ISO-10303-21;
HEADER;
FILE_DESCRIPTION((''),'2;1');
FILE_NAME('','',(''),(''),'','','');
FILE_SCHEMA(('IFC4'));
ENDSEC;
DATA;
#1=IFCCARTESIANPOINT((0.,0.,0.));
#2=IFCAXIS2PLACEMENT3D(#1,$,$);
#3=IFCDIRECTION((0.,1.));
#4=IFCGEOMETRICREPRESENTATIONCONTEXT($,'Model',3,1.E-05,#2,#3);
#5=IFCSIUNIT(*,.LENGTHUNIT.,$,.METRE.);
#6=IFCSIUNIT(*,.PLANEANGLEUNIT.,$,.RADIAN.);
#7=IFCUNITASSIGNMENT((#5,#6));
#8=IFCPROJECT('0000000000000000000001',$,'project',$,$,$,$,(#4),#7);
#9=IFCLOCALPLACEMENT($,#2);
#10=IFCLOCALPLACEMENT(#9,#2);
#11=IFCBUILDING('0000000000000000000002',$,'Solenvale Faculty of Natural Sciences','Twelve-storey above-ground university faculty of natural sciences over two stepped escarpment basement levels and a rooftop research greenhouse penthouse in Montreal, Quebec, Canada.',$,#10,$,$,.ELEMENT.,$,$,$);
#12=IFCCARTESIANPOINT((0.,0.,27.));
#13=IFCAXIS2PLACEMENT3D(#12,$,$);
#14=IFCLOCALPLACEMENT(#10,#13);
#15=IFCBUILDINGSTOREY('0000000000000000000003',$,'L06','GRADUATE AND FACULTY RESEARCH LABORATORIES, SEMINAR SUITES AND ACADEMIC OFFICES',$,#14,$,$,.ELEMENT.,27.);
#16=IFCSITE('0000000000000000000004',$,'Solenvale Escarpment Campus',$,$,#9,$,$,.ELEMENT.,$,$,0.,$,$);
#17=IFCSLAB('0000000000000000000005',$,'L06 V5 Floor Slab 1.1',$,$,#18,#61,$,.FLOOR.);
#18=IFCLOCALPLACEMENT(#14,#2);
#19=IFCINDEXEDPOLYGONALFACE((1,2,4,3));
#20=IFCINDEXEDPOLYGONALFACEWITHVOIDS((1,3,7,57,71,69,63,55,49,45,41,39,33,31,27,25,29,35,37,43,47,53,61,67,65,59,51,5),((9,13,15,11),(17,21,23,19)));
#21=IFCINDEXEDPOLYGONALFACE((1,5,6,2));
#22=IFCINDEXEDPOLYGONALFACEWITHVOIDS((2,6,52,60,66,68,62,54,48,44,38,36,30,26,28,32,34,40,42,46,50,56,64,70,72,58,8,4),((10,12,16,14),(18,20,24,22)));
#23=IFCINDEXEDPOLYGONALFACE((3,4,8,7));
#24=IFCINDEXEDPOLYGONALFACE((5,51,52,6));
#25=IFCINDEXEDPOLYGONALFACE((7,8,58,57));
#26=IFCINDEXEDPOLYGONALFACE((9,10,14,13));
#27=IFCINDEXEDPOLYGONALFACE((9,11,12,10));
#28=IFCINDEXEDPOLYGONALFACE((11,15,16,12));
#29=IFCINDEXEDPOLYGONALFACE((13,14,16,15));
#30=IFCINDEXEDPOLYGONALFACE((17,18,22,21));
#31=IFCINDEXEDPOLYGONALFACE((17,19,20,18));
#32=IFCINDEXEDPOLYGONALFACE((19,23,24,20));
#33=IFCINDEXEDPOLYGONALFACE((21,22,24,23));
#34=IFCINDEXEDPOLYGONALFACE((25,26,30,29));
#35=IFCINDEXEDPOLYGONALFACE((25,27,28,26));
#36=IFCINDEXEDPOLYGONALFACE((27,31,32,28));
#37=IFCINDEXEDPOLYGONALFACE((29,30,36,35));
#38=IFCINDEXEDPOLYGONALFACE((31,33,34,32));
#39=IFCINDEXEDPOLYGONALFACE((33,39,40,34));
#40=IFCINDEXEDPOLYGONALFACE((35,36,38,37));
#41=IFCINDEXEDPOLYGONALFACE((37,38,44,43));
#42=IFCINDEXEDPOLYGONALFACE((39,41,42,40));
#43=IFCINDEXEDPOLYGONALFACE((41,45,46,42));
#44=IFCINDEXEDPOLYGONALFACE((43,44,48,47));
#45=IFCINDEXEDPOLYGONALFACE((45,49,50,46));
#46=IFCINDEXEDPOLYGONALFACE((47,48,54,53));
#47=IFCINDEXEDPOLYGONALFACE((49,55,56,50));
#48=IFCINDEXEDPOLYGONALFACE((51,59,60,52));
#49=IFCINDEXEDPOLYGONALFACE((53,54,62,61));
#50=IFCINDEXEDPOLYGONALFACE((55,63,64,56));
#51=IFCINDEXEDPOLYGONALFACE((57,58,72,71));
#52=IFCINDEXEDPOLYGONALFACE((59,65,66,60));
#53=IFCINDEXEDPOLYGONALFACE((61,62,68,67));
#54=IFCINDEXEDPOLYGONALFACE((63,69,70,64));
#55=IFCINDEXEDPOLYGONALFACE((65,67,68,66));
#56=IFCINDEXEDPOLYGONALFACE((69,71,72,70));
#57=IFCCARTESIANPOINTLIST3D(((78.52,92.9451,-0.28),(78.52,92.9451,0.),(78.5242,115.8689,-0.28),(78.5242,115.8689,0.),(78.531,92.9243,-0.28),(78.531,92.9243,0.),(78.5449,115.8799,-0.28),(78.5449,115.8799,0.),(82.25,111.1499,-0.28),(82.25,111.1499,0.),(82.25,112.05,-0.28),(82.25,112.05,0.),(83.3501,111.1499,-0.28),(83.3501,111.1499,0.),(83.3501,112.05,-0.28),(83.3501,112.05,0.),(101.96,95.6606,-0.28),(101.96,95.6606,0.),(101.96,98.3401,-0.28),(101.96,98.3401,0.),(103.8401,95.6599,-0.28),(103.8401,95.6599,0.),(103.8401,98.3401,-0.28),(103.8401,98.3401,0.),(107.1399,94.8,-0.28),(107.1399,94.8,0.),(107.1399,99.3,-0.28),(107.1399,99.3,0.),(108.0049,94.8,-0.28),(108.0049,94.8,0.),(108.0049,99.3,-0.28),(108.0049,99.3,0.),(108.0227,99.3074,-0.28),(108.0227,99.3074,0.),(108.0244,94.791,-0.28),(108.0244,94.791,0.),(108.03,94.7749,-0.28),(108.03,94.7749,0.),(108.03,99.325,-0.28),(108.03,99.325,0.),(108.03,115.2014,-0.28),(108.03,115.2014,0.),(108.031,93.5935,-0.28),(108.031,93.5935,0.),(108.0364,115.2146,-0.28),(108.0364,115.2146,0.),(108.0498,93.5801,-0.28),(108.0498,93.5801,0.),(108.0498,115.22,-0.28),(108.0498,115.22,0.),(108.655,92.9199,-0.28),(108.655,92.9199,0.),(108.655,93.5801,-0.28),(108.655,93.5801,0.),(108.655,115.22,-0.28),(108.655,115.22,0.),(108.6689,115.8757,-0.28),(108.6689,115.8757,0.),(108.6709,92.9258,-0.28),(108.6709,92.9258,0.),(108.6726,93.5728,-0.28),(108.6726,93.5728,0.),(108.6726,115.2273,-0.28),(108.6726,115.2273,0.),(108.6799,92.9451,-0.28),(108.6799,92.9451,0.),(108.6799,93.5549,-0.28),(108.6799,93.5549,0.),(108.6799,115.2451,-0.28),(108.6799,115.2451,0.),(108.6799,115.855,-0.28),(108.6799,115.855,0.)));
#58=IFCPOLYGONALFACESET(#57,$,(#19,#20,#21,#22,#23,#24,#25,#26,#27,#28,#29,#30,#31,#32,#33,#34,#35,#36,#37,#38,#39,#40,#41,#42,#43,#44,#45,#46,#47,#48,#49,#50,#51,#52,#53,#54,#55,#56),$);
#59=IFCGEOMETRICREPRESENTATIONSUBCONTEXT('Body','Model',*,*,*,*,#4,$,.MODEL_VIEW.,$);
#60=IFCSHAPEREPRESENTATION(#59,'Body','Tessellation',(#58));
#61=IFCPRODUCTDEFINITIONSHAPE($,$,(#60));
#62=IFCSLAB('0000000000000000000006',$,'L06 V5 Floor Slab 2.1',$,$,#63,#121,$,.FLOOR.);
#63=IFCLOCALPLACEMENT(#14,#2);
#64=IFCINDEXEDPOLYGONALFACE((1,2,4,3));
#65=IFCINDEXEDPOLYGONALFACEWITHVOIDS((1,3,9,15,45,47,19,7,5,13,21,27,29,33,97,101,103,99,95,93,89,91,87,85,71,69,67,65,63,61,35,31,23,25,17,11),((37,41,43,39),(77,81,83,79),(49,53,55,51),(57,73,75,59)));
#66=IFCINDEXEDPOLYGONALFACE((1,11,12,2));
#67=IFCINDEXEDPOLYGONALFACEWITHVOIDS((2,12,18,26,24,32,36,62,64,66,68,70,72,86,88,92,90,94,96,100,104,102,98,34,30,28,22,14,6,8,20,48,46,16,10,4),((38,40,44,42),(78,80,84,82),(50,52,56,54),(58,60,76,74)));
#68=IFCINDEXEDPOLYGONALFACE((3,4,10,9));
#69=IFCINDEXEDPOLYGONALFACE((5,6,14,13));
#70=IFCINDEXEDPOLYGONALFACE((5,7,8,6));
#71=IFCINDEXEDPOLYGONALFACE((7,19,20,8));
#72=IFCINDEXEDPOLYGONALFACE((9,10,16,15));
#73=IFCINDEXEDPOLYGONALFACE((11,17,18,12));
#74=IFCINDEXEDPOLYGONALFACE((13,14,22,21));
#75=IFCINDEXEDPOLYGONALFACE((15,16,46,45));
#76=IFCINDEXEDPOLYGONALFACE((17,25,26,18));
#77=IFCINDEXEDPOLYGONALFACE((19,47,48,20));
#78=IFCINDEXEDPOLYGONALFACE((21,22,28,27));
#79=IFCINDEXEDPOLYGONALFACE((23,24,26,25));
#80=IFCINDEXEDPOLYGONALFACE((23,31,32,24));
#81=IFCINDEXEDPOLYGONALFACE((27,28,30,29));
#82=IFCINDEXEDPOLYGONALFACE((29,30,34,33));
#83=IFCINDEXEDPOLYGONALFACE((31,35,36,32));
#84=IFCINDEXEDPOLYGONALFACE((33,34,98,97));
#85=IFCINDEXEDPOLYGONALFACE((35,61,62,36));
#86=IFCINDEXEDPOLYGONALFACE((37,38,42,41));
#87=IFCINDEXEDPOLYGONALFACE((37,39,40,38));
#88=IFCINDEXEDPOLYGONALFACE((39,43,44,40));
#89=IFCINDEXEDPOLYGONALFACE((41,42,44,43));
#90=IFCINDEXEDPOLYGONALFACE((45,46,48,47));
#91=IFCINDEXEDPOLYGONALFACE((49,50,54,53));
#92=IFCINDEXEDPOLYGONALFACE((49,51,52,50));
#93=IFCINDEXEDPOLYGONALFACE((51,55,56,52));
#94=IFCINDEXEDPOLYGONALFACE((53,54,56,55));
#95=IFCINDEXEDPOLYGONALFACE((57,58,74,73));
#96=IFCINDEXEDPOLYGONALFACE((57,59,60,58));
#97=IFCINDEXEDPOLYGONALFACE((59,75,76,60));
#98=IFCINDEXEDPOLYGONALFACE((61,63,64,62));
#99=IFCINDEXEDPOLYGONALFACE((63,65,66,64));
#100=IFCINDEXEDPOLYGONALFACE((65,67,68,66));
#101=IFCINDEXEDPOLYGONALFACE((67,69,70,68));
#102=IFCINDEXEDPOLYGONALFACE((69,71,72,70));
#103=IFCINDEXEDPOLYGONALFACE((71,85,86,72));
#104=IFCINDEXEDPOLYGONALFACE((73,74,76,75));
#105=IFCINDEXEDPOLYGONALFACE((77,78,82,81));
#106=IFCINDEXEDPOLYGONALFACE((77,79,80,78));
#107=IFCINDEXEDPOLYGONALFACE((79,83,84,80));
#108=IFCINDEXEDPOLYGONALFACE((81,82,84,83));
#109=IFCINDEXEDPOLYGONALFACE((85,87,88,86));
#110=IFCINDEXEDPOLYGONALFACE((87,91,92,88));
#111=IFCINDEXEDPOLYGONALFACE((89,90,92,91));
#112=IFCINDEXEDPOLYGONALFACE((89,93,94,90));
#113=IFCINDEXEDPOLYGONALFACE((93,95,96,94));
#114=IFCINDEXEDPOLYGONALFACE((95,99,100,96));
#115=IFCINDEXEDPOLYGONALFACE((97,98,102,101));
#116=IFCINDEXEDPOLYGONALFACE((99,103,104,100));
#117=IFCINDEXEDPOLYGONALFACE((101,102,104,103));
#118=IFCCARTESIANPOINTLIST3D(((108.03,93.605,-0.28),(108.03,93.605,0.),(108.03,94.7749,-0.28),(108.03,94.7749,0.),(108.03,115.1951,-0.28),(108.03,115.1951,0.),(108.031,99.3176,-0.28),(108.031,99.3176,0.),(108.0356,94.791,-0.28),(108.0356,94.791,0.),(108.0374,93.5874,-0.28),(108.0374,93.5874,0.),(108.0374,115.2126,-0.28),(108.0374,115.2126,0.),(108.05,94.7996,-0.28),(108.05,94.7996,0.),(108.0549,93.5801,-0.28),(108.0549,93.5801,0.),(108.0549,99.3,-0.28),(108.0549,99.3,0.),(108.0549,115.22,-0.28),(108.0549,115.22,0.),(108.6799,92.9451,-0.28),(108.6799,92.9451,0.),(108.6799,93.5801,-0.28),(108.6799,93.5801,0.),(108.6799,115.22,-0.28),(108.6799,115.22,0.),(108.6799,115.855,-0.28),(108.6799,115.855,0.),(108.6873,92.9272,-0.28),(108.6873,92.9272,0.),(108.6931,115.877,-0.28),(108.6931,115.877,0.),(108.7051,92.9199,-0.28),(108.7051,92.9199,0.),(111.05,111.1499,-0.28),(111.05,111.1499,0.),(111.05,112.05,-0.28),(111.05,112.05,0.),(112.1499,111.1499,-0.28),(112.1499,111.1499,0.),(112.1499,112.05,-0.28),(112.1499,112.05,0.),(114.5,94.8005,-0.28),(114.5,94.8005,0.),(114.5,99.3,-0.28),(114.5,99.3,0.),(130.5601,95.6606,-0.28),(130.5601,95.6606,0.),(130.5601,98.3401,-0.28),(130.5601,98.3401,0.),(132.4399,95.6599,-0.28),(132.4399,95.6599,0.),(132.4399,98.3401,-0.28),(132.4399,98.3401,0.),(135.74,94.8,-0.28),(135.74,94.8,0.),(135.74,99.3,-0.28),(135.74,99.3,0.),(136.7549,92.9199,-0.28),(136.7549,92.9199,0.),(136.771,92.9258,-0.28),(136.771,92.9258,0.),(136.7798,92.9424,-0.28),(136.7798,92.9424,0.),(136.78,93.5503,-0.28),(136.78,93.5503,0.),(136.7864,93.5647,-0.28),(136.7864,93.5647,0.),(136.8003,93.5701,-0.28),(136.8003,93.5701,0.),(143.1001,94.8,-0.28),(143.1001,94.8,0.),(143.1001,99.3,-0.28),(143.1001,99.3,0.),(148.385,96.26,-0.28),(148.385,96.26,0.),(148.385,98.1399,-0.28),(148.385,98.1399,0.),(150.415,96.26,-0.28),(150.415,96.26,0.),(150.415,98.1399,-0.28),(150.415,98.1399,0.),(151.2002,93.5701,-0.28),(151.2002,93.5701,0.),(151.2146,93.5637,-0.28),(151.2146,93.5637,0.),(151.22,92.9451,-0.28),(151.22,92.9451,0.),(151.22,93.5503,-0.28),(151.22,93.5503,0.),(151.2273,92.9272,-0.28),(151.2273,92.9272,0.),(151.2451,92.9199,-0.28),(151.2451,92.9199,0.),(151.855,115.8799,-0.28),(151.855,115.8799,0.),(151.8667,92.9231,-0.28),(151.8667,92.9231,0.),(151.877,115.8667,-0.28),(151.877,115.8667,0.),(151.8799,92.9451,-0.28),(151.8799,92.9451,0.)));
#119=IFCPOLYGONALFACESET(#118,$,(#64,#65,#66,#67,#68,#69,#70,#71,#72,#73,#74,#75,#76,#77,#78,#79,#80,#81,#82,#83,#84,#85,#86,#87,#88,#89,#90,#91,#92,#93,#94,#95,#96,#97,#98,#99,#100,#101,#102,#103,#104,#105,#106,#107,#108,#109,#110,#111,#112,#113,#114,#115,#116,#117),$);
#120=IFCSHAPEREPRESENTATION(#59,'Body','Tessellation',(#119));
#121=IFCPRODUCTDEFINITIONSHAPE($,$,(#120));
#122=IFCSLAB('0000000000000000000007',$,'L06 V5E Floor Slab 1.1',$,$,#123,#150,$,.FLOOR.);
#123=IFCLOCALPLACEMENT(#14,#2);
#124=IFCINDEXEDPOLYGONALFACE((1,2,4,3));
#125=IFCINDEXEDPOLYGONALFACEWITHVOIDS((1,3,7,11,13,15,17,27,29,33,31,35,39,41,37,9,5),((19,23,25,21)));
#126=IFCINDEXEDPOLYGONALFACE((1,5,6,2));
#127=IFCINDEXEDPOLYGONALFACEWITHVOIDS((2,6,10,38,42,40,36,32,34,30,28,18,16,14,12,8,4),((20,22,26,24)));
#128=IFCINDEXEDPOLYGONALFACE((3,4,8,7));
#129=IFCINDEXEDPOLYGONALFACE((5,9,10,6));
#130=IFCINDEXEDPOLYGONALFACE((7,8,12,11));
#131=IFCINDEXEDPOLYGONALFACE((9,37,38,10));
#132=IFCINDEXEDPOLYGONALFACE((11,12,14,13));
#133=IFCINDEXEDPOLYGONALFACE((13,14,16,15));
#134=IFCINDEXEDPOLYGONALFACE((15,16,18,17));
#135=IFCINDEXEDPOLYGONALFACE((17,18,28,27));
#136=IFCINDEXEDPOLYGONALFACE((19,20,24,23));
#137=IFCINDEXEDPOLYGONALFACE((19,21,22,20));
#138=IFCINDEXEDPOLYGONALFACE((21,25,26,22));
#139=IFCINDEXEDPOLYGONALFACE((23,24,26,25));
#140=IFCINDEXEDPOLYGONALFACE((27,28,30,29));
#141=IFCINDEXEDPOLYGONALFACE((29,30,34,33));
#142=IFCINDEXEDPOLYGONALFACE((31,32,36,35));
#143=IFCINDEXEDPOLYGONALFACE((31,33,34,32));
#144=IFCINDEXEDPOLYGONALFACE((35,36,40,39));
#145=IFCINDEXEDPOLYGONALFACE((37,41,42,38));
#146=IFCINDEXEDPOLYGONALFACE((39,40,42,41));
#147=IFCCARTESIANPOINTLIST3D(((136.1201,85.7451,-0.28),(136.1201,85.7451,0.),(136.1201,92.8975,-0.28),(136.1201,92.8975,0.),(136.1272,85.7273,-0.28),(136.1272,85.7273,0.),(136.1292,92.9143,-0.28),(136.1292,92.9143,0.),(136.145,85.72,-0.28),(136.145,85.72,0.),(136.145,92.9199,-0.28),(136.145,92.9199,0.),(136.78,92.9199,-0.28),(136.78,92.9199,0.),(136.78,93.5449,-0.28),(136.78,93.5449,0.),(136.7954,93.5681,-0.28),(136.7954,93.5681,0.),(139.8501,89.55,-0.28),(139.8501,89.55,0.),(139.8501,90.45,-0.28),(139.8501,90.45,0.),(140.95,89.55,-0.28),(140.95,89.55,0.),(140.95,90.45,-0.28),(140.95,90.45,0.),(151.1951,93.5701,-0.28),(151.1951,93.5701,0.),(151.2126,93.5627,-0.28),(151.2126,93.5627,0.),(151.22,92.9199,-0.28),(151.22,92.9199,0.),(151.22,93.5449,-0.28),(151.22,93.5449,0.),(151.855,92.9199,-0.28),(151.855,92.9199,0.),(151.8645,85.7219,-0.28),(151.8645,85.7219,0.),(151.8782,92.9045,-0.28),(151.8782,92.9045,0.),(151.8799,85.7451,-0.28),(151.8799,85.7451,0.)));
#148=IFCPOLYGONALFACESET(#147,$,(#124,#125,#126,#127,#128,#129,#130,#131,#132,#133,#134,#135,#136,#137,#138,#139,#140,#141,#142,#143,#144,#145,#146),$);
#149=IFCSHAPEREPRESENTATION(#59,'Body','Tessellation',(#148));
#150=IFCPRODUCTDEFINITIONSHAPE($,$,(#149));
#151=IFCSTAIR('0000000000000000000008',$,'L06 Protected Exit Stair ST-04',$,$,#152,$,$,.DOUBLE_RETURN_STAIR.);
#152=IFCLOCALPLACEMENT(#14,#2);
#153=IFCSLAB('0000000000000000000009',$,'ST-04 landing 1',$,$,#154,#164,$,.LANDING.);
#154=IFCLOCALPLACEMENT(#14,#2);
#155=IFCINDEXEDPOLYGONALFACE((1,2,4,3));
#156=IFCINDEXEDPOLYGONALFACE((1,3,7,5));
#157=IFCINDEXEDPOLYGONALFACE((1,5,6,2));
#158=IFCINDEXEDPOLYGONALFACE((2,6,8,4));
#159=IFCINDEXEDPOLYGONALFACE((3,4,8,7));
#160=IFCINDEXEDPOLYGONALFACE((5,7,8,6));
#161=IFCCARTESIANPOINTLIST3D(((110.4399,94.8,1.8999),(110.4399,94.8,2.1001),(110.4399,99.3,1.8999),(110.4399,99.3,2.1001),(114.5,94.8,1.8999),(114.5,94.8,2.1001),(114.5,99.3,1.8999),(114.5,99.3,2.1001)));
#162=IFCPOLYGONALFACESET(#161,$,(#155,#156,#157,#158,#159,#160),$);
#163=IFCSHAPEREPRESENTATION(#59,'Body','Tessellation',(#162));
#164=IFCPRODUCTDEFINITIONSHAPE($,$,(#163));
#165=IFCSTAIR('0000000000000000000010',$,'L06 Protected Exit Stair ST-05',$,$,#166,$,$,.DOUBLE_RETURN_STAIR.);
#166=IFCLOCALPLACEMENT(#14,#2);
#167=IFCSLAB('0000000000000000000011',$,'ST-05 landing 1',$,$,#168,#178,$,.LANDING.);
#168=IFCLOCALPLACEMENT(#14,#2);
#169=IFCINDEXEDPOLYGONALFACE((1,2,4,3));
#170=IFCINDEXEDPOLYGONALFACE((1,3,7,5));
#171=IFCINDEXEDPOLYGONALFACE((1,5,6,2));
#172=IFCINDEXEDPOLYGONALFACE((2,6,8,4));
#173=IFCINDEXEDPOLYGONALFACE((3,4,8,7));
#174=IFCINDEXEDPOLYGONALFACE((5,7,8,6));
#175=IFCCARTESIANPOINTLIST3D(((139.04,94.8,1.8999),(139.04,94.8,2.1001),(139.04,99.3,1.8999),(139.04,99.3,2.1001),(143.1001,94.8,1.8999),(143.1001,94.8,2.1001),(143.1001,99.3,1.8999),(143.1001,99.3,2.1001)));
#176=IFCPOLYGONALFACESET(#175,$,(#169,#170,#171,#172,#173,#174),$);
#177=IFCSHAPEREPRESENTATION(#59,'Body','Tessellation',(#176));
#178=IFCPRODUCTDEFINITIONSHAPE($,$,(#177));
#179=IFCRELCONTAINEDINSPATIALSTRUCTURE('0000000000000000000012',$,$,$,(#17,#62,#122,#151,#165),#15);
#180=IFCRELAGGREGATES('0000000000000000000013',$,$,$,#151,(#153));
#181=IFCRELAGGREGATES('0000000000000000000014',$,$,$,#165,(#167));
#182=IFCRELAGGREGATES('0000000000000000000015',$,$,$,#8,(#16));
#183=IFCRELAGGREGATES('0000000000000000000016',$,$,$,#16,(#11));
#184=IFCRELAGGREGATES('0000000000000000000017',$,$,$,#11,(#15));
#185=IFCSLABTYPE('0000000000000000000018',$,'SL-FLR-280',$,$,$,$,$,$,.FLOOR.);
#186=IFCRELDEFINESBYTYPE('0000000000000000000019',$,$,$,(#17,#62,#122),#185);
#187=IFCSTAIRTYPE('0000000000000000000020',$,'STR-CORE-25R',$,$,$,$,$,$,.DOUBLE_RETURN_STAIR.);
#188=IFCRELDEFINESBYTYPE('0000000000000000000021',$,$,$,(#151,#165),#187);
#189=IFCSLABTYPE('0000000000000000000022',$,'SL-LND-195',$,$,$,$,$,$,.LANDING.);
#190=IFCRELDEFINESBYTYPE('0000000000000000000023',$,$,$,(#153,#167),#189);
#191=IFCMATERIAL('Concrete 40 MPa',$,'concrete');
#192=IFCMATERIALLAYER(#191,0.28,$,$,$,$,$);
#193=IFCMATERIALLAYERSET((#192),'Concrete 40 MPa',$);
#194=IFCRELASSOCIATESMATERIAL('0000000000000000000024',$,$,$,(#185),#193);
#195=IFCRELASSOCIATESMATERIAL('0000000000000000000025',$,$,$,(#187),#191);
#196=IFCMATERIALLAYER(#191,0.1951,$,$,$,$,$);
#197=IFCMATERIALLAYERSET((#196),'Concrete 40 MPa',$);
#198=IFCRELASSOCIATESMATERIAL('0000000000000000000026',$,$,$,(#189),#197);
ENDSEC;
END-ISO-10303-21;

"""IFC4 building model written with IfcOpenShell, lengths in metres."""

from ifc_helpers import new_model, si_unit, direction, frame, origin, place, context, subcontext, project, spatial, polyline, outline, extrude, material, layer, layer_set, type_object, element, aggregate, save


model = new_model("IFC4")

# Units and contexts
model_context = context("Model", 3, precision=1e-05, world=origin(), true_north=direction((0.0, 1.0)))
body_context = subcontext(model_context, "Body", "Model", "MODEL_VIEW")
ifc_project = project(units=[si_unit("LENGTHUNIT", "METRE"), si_unit("PLANEANGLEUNIT", "RADIAN")], contexts=[model_context])

# Site, building, storey
site_placement = place(None, origin())
site = spatial("IfcSite", under=ifc_project, at=site_placement, Name="Solenvale Escarpment Campus", CompositionType="ELEMENT", RefElevation=0.0)
building_placement = place(site_placement, origin())
building = spatial("IfcBuilding", under=site, at=building_placement, Name="Solenvale Faculty of Natural Sciences", Description="Twelve-storey above-ground university faculty of natural sciences over two stepped escarpment basement levels and a rooftop research greenhouse penthouse in Montreal, Quebec, Canada.", CompositionType="ELEMENT")
storey_placement = place(building_placement, frame((0.0, 0.0, 27.0)))
storey = spatial("IfcBuildingStorey", under=building, at=storey_placement, Name="L06", Description="GRADUATE AND FACULTY RESEARCH LABORATORIES, SEMINAR SUITES AND ACADEMIC OFFICES", CompositionType="ELEMENT", Elevation=27.0)

# Slabs
ifc_material_1 = material(Name="Concrete 40 MPa", Category="concrete")
ifc_layer_1 = layer(ifc_material_1, 0.28)
ifc_layer_set_1 = layer_set([ifc_layer_1], Name="Concrete 40 MPa")
slab_type_1 = type_object("IfcSlabType", Name="SL-FLR-280", PredefinedType="FLOOR", material=ifc_layer_set_1)
slab_1_placement = place(storey_placement, frame((0.0, 0.0, -0.28)))
element("IfcSlab", 1, at=slab_1_placement, inside=storey, type_object=slab_type_1, Name="L06 V5 Floor Slab 1.1", PredefinedType="FLOOR", context=body_context, shape_type="SweptSolid", body=[
    extrude(outline(polyline([(107.1399, 94.8), (108.0049, 94.8), (108.0244, 94.791), (108.03, 94.7749), (108.031, 93.5935), (108.0498, 93.5801), (108.655, 93.5801), (108.6726, 93.5728), (108.6799, 93.5549), (108.6799, 92.9451), (108.6709, 92.9258), (108.655, 92.9199), (78.531, 92.9243), (78.52, 92.9451), (78.5242, 115.8689), (78.5449, 115.8799), (108.6689, 115.8757), (108.6799, 115.855), (108.6799, 115.2451), (108.6726, 115.2273), (108.655, 115.22), (108.0498, 115.22), (108.0364, 115.2146), (108.03, 115.2014), (108.03, 99.325), (108.0227, 99.3074), (108.0049, 99.3), (107.1399, 99.3), (107.1399, 94.8)]), holes=[polyline([(101.96, 95.6606), (103.8401, 95.6599), (103.8401, 98.3401), (101.96, 98.3401), (101.96, 95.6606)]), polyline([(82.25, 111.1499), (83.3501, 111.1499), (83.3501, 112.05), (82.25, 112.05), (82.25, 111.1499)])]), origin(), (0.0, 0.0, 1.0), 0.28),
])
slab_2_placement = place(storey_placement, frame((0.0, 0.0, -0.28)))
element("IfcSlab", 2, at=slab_2_placement, inside=storey, type_object=slab_type_1, Name="L06 V5 Floor Slab 2.1", PredefinedType="FLOOR", context=body_context, shape_type="SweptSolid", body=[
    extrude(outline(polyline([(108.0549, 93.5801), (108.0374, 93.5874), (108.03, 93.605), (108.03, 94.7749), (108.0356, 94.791), (108.05, 94.7996), (114.5, 94.8005), (114.5, 99.3), (108.0549, 99.3), (108.031, 99.3176), (108.03, 115.1951), (108.0374, 115.2126), (108.0549, 115.22), (108.6799, 115.22), (108.6799, 115.855), (108.6931, 115.877), (151.855, 115.8799), (151.877, 115.8667), (151.8799, 92.9451), (151.8667, 92.9231), (151.2451, 92.9199), (151.2273, 92.9272), (151.22, 92.9451), (151.22, 93.5503), (151.2146, 93.5637), (151.2002, 93.5701), (136.8003, 93.5701), (136.7864, 93.5647), (136.78, 93.5503), (136.7798, 92.9424), (136.771, 92.9258), (136.7549, 92.9199), (108.7051, 92.9199), (108.6873, 92.9272), (108.6799, 92.9451), (108.6799, 93.5801), (108.0549, 93.5801)]), holes=[polyline([(148.385, 96.26), (150.415, 96.26), (150.415, 98.1399), (148.385, 98.1399), (148.385, 96.26)]), polyline([(135.74, 94.8), (143.1001, 94.8), (143.1001, 99.3), (135.74, 99.3), (135.74, 94.8)]), polyline([(130.5601, 95.6606), (132.4399, 95.6599), (132.4399, 98.3401), (130.5601, 98.3401), (130.5601, 95.6606)]), polyline([(111.05, 111.1499), (112.1499, 111.1499), (112.1499, 112.05), (111.05, 112.05), (111.05, 111.1499)])]), origin(), (0.0, 0.0, 1.0), 0.28),
])
slab_3_placement = place(storey_placement, frame((0.0, 0.0, -0.28)))
element("IfcSlab", 3, at=slab_3_placement, inside=storey, type_object=slab_type_1, Name="L06 V5E Floor Slab 1.1", PredefinedType="FLOOR", context=body_context, shape_type="SweptSolid", body=[
    extrude(outline(polyline([(136.145, 85.72), (136.1272, 85.7273), (136.1201, 85.7451), (136.1201, 92.8975), (136.1292, 92.9143), (136.145, 92.9199), (136.78, 92.9199), (136.78, 93.5449), (136.7954, 93.5681), (151.1951, 93.5701), (151.2126, 93.5627), (151.22, 93.5449), (151.22, 92.9199), (151.855, 92.9199), (151.8782, 92.9045), (151.8799, 85.7451), (151.8645, 85.7219), (136.145, 85.72)]), holes=[polyline([(139.8501, 89.55), (140.95, 89.55), (140.95, 90.45), (139.8501, 90.45), (139.8501, 89.55)])]), origin(), (0.0, 0.0, 1.0), 0.28),
])

# Stairs, slabs
stair_type = type_object("IfcStairType", Name="STR-CORE-25R", PredefinedType="DOUBLE_RETURN_STAIR", material=ifc_material_1)
stair_1_placement = place(storey_placement, origin())
stair_1 = element("IfcStair", 4, at=stair_1_placement, inside=storey, type_object=stair_type, Name="L06 Protected Exit Stair ST-04", PredefinedType="DOUBLE_RETURN_STAIR")
ifc_layer_2 = layer(ifc_material_1, 0.1951)
ifc_layer_set_2 = layer_set([ifc_layer_2], Name="Concrete 40 MPa")
slab_type_2 = type_object("IfcSlabType", Name="SL-LND-195", PredefinedType="LANDING", material=ifc_layer_set_2)
slab_4_placement = place(storey_placement, frame((0.0, 0.0, 1.8999)))
slab_4 = element("IfcSlab", 5, at=slab_4_placement, type_object=slab_type_2, Name="ST-04 landing 1", PredefinedType="LANDING", context=body_context, shape_type="SweptSolid", body=[
    extrude(outline(polyline([(110.4399, 94.8), (114.5, 94.8), (114.5, 99.3), (110.4399, 99.3), (110.4399, 94.8)])), origin(), (0.0, 0.0, 1.0), 0.2002),
])
aggregate(stair_1, [slab_4])
stair_2_placement = place(storey_placement, origin())
stair_2 = element("IfcStair", 6, at=stair_2_placement, inside=storey, type_object=stair_type, Name="L06 Protected Exit Stair ST-05", PredefinedType="DOUBLE_RETURN_STAIR")
slab_5_placement = place(storey_placement, frame((0.0, 0.0, 1.8999)))
slab_5 = element("IfcSlab", 7, at=slab_5_placement, type_object=slab_type_2, Name="ST-05 landing 1", PredefinedType="LANDING", context=body_context, shape_type="SweptSolid", body=[
    extrude(outline(polyline([(139.04, 94.8), (143.1001, 94.8), (143.1001, 99.3), (139.04, 99.3), (139.04, 94.8)])), origin(), (0.0, 0.0, 1.0), 0.2002),
])
aggregate(stair_2, [slab_5])

save(model, "model.ifc")
